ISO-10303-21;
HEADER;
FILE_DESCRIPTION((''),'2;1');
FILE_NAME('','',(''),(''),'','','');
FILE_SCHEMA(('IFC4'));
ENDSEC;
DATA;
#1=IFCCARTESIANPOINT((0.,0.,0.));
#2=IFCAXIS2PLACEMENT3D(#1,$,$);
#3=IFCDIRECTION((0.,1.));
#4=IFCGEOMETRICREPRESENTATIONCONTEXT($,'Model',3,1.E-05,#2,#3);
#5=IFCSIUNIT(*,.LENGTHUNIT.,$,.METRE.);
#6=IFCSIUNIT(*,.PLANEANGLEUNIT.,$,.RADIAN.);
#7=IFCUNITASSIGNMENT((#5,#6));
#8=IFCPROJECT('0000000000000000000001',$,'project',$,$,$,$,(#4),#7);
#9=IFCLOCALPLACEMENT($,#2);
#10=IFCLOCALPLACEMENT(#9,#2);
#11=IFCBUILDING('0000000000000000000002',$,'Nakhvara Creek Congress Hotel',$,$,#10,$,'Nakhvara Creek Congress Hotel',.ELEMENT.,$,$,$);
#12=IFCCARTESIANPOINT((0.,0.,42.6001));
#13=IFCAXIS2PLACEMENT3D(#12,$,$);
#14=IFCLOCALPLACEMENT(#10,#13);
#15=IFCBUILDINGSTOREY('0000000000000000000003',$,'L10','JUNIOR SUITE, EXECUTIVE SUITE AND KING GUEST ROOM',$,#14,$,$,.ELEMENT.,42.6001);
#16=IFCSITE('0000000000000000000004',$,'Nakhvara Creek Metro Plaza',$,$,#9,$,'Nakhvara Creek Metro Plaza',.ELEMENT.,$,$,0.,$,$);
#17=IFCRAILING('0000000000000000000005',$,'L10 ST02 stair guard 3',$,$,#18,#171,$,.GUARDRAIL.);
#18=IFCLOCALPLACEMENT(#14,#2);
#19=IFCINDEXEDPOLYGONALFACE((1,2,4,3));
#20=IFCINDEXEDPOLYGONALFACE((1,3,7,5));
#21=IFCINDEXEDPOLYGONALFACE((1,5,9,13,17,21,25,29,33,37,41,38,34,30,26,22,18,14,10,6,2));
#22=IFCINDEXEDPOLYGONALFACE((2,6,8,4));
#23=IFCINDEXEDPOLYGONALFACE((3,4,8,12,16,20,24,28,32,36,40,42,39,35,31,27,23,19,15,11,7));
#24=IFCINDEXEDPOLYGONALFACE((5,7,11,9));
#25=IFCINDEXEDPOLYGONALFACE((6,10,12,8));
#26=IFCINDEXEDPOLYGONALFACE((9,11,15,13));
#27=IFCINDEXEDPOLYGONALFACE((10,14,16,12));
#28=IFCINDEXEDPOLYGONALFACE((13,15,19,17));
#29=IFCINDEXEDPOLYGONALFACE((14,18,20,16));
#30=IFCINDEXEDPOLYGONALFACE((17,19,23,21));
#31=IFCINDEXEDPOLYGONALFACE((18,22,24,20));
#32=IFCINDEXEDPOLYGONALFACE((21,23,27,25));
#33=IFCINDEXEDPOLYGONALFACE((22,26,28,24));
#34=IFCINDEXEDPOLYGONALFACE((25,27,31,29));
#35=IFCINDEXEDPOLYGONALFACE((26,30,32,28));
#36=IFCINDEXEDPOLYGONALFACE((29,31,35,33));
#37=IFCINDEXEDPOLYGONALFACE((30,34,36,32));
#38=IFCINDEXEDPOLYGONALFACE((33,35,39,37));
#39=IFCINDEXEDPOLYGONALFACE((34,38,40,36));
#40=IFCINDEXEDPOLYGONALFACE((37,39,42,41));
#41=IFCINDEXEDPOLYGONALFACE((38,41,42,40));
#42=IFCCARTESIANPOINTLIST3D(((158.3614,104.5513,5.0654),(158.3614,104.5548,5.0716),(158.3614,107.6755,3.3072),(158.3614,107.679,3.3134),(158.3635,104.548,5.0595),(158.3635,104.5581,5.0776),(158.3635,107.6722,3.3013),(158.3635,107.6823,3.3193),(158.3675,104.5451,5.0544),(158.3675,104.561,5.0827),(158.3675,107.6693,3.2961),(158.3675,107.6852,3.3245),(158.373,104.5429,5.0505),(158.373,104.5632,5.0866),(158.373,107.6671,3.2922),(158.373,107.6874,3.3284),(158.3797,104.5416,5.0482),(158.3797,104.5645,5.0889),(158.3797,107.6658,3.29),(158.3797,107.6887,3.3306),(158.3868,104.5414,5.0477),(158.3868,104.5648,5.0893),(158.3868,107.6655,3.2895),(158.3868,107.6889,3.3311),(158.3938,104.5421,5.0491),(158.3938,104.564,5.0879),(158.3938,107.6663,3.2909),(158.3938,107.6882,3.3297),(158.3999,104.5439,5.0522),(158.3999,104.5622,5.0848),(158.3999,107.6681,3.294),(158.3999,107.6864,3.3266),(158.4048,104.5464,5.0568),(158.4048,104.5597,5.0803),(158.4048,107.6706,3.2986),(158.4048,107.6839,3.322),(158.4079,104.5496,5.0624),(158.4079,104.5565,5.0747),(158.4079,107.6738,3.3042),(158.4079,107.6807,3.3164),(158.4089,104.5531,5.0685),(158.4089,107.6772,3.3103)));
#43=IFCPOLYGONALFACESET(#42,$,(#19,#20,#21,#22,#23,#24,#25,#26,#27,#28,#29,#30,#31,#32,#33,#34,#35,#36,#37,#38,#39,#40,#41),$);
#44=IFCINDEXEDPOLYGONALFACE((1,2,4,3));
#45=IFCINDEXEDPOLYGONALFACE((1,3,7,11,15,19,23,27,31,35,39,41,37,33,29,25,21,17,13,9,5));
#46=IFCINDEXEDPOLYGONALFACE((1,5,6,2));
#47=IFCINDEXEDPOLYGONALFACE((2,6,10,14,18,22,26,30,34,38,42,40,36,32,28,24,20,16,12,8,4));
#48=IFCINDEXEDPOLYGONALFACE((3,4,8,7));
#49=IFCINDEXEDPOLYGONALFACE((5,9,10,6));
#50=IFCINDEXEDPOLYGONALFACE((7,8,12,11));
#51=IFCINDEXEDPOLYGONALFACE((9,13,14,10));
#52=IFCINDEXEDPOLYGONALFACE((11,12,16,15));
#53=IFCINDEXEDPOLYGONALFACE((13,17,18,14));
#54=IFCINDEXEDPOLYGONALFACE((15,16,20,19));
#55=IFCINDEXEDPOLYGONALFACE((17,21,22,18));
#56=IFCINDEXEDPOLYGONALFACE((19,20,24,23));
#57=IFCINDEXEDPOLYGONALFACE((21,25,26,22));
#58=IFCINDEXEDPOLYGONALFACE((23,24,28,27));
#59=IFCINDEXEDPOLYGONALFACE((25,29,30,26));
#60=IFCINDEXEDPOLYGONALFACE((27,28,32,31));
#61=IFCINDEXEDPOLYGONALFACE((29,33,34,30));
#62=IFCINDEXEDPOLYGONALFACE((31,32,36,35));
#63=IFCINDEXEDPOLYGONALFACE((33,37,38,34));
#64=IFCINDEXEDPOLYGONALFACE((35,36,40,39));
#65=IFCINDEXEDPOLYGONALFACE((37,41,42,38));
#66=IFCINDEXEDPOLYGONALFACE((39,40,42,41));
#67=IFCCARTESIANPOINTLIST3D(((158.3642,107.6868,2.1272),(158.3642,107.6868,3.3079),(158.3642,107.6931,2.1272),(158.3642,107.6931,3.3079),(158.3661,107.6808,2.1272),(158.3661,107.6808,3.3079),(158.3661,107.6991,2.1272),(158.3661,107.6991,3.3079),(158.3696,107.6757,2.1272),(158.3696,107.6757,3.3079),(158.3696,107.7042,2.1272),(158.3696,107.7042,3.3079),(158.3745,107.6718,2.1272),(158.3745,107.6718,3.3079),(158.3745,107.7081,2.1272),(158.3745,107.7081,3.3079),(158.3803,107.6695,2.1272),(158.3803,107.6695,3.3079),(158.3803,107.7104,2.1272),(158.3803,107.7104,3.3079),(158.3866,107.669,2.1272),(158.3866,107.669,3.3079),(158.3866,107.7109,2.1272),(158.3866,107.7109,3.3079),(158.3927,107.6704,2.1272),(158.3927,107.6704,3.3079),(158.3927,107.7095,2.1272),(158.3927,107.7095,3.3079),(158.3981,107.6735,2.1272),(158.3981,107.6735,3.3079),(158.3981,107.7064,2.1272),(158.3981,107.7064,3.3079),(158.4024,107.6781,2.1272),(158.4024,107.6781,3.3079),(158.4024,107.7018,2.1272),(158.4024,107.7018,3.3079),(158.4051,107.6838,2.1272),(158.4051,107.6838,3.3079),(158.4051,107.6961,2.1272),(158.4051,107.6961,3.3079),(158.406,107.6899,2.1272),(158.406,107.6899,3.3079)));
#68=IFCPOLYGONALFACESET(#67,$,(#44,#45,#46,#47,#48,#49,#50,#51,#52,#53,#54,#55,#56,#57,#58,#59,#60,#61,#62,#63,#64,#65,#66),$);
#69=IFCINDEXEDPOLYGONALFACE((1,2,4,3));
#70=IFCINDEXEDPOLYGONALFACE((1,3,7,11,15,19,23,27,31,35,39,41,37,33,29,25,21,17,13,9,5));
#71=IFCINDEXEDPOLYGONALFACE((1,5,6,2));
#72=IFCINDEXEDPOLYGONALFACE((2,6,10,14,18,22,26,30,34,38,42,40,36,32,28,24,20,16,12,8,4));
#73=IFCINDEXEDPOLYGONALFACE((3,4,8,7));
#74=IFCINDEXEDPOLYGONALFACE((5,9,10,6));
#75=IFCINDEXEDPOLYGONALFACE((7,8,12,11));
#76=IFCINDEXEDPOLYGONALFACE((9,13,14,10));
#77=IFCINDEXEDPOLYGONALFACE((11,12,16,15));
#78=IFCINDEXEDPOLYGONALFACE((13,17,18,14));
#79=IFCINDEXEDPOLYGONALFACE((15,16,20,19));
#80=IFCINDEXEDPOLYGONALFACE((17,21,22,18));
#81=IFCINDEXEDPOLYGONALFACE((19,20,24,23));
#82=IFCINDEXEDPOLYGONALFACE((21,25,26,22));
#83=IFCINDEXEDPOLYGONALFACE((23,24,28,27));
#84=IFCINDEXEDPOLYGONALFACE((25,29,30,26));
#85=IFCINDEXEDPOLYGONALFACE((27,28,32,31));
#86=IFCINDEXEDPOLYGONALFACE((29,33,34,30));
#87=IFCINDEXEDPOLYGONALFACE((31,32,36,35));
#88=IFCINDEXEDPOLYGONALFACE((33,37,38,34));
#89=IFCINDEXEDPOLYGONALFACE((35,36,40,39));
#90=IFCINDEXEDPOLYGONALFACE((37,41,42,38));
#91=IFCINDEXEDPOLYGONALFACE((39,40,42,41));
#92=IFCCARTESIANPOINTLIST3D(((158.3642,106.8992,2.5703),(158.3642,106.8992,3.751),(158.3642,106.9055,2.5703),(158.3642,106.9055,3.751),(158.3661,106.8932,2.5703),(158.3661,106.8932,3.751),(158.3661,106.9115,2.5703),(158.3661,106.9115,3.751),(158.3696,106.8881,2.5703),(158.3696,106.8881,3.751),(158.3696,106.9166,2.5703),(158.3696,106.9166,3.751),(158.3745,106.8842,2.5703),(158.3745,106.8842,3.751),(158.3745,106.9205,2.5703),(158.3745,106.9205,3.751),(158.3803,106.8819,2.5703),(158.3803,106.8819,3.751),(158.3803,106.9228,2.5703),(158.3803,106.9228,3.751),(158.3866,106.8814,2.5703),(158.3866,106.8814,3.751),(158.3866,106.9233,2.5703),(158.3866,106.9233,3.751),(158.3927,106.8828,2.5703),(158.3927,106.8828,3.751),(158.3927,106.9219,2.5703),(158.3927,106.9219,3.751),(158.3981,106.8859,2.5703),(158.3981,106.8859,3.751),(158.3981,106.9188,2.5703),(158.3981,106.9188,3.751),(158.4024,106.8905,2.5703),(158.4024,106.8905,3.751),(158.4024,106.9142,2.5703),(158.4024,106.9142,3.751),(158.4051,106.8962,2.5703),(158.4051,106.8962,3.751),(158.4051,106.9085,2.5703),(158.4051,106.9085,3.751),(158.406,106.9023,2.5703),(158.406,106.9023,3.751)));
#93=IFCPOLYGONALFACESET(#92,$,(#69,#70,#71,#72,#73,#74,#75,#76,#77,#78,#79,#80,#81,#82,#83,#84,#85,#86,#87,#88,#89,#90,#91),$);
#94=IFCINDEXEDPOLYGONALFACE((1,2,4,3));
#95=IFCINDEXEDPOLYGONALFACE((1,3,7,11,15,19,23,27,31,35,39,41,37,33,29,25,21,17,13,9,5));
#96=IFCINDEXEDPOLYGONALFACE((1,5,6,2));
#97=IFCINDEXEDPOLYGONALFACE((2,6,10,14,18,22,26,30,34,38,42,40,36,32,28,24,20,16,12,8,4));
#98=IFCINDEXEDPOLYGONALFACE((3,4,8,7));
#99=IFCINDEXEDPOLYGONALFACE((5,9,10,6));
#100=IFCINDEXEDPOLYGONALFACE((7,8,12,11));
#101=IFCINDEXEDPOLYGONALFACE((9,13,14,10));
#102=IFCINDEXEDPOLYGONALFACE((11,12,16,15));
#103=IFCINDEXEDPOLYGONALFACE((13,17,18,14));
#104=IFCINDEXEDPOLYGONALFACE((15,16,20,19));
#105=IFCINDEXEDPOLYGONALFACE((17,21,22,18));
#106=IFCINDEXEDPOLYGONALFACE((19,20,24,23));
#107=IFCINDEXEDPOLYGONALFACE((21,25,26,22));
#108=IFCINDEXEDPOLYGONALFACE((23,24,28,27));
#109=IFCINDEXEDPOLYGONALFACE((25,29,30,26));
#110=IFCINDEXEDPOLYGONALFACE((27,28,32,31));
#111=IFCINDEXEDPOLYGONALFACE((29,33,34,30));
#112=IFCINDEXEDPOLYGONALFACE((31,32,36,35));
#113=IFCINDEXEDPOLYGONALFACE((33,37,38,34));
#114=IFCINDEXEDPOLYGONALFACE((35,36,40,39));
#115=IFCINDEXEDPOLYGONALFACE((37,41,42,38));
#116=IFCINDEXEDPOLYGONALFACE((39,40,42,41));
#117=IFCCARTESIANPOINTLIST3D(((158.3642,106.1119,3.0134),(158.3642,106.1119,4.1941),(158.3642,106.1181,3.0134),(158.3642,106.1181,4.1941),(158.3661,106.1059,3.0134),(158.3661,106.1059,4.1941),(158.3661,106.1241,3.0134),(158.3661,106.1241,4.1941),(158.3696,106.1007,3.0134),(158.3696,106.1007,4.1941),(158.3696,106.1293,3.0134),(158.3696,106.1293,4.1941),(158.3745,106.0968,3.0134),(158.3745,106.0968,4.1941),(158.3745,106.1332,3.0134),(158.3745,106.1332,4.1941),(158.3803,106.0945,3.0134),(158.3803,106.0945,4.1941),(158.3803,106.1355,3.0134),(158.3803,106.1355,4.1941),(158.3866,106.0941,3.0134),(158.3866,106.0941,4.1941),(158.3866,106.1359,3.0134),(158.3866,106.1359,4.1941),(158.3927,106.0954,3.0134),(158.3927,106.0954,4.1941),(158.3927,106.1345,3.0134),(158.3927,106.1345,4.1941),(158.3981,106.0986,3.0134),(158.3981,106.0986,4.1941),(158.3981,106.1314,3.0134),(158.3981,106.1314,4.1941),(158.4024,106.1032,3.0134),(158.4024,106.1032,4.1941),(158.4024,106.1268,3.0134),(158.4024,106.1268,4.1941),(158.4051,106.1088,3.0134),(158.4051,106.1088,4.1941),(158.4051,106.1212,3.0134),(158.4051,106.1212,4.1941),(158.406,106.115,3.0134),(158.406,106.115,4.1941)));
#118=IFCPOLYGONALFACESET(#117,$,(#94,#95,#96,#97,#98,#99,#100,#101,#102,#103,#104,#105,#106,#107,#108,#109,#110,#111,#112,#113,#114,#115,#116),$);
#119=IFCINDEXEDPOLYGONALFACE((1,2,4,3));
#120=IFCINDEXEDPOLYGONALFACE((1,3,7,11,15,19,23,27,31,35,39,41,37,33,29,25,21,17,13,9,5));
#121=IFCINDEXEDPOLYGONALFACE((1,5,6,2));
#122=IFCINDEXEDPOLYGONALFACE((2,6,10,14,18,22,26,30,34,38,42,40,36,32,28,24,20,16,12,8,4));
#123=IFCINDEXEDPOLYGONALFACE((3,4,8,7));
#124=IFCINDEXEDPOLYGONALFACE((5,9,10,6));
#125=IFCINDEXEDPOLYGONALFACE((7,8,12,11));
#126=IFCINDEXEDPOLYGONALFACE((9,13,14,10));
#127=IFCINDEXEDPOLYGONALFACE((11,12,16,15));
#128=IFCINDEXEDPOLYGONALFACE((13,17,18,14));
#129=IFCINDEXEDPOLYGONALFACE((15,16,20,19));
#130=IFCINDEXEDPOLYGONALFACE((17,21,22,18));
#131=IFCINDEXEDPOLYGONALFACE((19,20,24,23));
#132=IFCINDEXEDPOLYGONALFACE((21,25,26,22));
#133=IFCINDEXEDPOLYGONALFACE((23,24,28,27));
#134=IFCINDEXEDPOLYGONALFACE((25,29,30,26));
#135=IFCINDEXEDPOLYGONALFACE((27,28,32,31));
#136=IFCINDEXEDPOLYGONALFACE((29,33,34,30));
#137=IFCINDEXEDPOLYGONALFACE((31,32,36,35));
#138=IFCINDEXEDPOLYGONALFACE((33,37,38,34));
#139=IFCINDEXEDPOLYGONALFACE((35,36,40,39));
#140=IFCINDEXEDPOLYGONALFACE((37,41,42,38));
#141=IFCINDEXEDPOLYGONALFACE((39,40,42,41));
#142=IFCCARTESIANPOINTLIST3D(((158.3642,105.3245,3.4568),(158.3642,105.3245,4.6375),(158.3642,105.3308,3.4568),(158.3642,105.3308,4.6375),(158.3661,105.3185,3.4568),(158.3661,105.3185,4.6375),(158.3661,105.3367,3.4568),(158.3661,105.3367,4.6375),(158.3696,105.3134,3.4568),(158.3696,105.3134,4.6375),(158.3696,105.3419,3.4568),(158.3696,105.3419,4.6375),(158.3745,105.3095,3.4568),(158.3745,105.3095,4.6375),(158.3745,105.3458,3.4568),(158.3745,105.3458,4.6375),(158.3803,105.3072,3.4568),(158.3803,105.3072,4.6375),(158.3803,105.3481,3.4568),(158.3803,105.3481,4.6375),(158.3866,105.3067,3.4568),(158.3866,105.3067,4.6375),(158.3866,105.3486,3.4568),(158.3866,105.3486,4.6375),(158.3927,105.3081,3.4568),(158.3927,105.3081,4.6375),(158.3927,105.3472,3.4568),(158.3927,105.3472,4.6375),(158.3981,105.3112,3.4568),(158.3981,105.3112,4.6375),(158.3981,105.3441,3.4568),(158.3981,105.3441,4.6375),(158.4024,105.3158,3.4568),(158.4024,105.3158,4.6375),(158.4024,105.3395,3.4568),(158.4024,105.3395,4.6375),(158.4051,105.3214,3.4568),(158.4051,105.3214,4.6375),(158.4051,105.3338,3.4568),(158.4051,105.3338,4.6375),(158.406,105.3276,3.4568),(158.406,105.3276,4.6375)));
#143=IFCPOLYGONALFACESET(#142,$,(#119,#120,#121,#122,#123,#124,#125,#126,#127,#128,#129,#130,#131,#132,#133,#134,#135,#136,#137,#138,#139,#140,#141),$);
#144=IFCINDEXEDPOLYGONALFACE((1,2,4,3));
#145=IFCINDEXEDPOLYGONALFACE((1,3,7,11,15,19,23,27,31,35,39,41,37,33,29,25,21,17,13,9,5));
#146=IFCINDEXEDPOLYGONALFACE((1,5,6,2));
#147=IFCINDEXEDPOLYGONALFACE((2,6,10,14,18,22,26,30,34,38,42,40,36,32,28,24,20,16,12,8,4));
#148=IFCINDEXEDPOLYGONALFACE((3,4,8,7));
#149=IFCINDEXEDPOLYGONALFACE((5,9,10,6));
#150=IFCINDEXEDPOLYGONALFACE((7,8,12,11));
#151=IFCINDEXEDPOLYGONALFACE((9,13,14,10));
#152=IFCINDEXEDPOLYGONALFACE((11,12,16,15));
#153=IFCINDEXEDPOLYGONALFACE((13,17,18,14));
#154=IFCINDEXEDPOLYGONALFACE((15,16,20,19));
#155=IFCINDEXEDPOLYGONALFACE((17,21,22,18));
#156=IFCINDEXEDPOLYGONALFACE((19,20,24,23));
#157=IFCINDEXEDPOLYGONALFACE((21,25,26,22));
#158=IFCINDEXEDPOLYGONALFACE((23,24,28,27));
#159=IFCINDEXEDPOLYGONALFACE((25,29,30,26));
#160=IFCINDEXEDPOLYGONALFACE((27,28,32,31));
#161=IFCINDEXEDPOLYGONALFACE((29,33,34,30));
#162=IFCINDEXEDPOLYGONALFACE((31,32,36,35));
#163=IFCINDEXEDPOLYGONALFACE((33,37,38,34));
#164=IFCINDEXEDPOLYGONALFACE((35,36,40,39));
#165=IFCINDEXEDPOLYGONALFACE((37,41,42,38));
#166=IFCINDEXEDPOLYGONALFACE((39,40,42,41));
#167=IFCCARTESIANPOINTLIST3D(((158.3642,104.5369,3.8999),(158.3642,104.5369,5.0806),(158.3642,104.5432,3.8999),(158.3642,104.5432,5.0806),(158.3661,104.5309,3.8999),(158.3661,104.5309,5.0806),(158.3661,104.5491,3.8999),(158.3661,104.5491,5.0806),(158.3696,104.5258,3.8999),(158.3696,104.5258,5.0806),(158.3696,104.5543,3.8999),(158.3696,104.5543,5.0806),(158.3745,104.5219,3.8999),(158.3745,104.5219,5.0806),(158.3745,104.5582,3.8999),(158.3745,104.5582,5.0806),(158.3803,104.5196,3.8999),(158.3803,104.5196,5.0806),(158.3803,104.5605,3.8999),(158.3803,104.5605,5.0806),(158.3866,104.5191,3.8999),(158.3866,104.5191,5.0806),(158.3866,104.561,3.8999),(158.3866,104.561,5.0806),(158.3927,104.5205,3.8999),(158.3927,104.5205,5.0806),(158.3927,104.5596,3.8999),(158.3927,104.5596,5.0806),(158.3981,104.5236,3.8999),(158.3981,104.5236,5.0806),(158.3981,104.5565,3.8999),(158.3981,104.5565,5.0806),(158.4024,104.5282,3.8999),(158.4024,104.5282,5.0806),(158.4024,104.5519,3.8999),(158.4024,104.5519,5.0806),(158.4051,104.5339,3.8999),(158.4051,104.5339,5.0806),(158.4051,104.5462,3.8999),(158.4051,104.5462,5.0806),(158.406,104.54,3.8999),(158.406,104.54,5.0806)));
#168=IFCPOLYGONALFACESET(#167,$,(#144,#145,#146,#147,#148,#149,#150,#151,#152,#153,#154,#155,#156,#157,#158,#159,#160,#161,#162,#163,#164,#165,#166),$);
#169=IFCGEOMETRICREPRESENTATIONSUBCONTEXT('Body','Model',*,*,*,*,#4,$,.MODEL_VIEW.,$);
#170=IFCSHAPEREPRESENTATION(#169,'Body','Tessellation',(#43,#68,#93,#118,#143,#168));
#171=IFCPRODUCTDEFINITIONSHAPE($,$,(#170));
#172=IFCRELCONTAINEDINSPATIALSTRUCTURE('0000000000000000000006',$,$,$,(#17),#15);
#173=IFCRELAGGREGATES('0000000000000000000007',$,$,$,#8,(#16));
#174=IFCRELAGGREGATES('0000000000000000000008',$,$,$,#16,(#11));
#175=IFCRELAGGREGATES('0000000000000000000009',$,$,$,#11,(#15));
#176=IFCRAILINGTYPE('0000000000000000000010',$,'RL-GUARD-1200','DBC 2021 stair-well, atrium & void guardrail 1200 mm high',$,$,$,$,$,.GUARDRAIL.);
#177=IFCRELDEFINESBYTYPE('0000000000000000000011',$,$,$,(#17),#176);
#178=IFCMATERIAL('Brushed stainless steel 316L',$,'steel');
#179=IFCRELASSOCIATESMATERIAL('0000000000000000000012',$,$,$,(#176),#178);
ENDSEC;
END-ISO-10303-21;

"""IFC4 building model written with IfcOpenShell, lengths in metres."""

from ifc_helpers import new_model, si_unit, direction, frame, origin, origin_2d, place, context, subcontext, project, spatial, circle, extrude, material, type_object, element, save


model = new_model("IFC4")

# Units and contexts
model_context = context("Model", 3, precision=1e-05, world=origin(), true_north=direction((0.0, 1.0)))
body_context = subcontext(model_context, "Body", "Model", "MODEL_VIEW")
ifc_project = project(units=[si_unit("LENGTHUNIT", "METRE"), si_unit("PLANEANGLEUNIT", "RADIAN")], contexts=[model_context])

# Site, building, storey
site_placement = place(None, origin())
site = spatial("IfcSite", under=ifc_project, at=site_placement, Name="Nakhvara Creek Metro Plaza", LongName="Nakhvara Creek Metro Plaza", CompositionType="ELEMENT", RefElevation=0.0)
building_placement = place(site_placement, origin())
building = spatial("IfcBuilding", under=site, at=building_placement, Name="Nakhvara Creek Congress Hotel", LongName="Nakhvara Creek Congress Hotel", CompositionType="ELEMENT")
storey_placement = place(building_placement, frame((0.0, 0.0, 42.6001)))
storey = spatial("IfcBuildingStorey", under=building, at=storey_placement, Name="L10", Description="JUNIOR SUITE, EXECUTIVE SUITE AND KING GUEST ROOM", CompositionType="ELEMENT", Elevation=42.6001)

# Railing
ifc_material_1 = material(Name="Brushed stainless steel 316L", Category="steel")
railing_type_1 = type_object("IfcRailingType", Name="RL-GUARD-1200", Description="DBC 2021 stair-well, atrium & void guardrail 1200 mm high", PredefinedType="GUARDRAIL", material=ifc_material_1)
railing_1_placement = place(storey_placement, frame((158.385, 107.6899, 2.1272)))
element("IfcRailing", 1, at=railing_1_placement, inside=storey, type_object=railing_type_1, Name="L10 ST02 stair guard 3", PredefinedType="GUARDRAIL", context=body_context, shape_type="SweptSolid", body=[
    extrude(circle(Radius=0.0239, at=origin_2d()), frame((0.0, -0.0127, 1.1831), z_axis=(0.0, -0.871471, 0.490447), x_axis=(1.0, 0.0, 0.0)), (0.0, 0.0, 1.0), 3.585),
    extrude(circle(Radius=0.021, at=origin_2d()), origin(), (0.0, 0.0, 1.0), 1.1807),
    extrude(circle(Radius=0.021, at=origin_2d()), frame((0.0, -0.7876, 0.4431)), (0.0, 0.0, 1.0), 1.1807),
    extrude(circle(Radius=0.021, at=origin_2d()), frame((0.0, -1.575, 0.8862)), (0.0, 0.0, 1.0), 1.1807),
    extrude(circle(Radius=0.021, at=origin_2d()), frame((0.0, -2.3623, 1.3296)), (0.0, 0.0, 1.0), 1.1807),
    extrude(circle(Radius=0.021, at=origin_2d()), frame((0.0, -3.1499, 1.7727)), (0.0, 0.0, 1.0), 1.1807),
])

save(model, "model.ifc")
